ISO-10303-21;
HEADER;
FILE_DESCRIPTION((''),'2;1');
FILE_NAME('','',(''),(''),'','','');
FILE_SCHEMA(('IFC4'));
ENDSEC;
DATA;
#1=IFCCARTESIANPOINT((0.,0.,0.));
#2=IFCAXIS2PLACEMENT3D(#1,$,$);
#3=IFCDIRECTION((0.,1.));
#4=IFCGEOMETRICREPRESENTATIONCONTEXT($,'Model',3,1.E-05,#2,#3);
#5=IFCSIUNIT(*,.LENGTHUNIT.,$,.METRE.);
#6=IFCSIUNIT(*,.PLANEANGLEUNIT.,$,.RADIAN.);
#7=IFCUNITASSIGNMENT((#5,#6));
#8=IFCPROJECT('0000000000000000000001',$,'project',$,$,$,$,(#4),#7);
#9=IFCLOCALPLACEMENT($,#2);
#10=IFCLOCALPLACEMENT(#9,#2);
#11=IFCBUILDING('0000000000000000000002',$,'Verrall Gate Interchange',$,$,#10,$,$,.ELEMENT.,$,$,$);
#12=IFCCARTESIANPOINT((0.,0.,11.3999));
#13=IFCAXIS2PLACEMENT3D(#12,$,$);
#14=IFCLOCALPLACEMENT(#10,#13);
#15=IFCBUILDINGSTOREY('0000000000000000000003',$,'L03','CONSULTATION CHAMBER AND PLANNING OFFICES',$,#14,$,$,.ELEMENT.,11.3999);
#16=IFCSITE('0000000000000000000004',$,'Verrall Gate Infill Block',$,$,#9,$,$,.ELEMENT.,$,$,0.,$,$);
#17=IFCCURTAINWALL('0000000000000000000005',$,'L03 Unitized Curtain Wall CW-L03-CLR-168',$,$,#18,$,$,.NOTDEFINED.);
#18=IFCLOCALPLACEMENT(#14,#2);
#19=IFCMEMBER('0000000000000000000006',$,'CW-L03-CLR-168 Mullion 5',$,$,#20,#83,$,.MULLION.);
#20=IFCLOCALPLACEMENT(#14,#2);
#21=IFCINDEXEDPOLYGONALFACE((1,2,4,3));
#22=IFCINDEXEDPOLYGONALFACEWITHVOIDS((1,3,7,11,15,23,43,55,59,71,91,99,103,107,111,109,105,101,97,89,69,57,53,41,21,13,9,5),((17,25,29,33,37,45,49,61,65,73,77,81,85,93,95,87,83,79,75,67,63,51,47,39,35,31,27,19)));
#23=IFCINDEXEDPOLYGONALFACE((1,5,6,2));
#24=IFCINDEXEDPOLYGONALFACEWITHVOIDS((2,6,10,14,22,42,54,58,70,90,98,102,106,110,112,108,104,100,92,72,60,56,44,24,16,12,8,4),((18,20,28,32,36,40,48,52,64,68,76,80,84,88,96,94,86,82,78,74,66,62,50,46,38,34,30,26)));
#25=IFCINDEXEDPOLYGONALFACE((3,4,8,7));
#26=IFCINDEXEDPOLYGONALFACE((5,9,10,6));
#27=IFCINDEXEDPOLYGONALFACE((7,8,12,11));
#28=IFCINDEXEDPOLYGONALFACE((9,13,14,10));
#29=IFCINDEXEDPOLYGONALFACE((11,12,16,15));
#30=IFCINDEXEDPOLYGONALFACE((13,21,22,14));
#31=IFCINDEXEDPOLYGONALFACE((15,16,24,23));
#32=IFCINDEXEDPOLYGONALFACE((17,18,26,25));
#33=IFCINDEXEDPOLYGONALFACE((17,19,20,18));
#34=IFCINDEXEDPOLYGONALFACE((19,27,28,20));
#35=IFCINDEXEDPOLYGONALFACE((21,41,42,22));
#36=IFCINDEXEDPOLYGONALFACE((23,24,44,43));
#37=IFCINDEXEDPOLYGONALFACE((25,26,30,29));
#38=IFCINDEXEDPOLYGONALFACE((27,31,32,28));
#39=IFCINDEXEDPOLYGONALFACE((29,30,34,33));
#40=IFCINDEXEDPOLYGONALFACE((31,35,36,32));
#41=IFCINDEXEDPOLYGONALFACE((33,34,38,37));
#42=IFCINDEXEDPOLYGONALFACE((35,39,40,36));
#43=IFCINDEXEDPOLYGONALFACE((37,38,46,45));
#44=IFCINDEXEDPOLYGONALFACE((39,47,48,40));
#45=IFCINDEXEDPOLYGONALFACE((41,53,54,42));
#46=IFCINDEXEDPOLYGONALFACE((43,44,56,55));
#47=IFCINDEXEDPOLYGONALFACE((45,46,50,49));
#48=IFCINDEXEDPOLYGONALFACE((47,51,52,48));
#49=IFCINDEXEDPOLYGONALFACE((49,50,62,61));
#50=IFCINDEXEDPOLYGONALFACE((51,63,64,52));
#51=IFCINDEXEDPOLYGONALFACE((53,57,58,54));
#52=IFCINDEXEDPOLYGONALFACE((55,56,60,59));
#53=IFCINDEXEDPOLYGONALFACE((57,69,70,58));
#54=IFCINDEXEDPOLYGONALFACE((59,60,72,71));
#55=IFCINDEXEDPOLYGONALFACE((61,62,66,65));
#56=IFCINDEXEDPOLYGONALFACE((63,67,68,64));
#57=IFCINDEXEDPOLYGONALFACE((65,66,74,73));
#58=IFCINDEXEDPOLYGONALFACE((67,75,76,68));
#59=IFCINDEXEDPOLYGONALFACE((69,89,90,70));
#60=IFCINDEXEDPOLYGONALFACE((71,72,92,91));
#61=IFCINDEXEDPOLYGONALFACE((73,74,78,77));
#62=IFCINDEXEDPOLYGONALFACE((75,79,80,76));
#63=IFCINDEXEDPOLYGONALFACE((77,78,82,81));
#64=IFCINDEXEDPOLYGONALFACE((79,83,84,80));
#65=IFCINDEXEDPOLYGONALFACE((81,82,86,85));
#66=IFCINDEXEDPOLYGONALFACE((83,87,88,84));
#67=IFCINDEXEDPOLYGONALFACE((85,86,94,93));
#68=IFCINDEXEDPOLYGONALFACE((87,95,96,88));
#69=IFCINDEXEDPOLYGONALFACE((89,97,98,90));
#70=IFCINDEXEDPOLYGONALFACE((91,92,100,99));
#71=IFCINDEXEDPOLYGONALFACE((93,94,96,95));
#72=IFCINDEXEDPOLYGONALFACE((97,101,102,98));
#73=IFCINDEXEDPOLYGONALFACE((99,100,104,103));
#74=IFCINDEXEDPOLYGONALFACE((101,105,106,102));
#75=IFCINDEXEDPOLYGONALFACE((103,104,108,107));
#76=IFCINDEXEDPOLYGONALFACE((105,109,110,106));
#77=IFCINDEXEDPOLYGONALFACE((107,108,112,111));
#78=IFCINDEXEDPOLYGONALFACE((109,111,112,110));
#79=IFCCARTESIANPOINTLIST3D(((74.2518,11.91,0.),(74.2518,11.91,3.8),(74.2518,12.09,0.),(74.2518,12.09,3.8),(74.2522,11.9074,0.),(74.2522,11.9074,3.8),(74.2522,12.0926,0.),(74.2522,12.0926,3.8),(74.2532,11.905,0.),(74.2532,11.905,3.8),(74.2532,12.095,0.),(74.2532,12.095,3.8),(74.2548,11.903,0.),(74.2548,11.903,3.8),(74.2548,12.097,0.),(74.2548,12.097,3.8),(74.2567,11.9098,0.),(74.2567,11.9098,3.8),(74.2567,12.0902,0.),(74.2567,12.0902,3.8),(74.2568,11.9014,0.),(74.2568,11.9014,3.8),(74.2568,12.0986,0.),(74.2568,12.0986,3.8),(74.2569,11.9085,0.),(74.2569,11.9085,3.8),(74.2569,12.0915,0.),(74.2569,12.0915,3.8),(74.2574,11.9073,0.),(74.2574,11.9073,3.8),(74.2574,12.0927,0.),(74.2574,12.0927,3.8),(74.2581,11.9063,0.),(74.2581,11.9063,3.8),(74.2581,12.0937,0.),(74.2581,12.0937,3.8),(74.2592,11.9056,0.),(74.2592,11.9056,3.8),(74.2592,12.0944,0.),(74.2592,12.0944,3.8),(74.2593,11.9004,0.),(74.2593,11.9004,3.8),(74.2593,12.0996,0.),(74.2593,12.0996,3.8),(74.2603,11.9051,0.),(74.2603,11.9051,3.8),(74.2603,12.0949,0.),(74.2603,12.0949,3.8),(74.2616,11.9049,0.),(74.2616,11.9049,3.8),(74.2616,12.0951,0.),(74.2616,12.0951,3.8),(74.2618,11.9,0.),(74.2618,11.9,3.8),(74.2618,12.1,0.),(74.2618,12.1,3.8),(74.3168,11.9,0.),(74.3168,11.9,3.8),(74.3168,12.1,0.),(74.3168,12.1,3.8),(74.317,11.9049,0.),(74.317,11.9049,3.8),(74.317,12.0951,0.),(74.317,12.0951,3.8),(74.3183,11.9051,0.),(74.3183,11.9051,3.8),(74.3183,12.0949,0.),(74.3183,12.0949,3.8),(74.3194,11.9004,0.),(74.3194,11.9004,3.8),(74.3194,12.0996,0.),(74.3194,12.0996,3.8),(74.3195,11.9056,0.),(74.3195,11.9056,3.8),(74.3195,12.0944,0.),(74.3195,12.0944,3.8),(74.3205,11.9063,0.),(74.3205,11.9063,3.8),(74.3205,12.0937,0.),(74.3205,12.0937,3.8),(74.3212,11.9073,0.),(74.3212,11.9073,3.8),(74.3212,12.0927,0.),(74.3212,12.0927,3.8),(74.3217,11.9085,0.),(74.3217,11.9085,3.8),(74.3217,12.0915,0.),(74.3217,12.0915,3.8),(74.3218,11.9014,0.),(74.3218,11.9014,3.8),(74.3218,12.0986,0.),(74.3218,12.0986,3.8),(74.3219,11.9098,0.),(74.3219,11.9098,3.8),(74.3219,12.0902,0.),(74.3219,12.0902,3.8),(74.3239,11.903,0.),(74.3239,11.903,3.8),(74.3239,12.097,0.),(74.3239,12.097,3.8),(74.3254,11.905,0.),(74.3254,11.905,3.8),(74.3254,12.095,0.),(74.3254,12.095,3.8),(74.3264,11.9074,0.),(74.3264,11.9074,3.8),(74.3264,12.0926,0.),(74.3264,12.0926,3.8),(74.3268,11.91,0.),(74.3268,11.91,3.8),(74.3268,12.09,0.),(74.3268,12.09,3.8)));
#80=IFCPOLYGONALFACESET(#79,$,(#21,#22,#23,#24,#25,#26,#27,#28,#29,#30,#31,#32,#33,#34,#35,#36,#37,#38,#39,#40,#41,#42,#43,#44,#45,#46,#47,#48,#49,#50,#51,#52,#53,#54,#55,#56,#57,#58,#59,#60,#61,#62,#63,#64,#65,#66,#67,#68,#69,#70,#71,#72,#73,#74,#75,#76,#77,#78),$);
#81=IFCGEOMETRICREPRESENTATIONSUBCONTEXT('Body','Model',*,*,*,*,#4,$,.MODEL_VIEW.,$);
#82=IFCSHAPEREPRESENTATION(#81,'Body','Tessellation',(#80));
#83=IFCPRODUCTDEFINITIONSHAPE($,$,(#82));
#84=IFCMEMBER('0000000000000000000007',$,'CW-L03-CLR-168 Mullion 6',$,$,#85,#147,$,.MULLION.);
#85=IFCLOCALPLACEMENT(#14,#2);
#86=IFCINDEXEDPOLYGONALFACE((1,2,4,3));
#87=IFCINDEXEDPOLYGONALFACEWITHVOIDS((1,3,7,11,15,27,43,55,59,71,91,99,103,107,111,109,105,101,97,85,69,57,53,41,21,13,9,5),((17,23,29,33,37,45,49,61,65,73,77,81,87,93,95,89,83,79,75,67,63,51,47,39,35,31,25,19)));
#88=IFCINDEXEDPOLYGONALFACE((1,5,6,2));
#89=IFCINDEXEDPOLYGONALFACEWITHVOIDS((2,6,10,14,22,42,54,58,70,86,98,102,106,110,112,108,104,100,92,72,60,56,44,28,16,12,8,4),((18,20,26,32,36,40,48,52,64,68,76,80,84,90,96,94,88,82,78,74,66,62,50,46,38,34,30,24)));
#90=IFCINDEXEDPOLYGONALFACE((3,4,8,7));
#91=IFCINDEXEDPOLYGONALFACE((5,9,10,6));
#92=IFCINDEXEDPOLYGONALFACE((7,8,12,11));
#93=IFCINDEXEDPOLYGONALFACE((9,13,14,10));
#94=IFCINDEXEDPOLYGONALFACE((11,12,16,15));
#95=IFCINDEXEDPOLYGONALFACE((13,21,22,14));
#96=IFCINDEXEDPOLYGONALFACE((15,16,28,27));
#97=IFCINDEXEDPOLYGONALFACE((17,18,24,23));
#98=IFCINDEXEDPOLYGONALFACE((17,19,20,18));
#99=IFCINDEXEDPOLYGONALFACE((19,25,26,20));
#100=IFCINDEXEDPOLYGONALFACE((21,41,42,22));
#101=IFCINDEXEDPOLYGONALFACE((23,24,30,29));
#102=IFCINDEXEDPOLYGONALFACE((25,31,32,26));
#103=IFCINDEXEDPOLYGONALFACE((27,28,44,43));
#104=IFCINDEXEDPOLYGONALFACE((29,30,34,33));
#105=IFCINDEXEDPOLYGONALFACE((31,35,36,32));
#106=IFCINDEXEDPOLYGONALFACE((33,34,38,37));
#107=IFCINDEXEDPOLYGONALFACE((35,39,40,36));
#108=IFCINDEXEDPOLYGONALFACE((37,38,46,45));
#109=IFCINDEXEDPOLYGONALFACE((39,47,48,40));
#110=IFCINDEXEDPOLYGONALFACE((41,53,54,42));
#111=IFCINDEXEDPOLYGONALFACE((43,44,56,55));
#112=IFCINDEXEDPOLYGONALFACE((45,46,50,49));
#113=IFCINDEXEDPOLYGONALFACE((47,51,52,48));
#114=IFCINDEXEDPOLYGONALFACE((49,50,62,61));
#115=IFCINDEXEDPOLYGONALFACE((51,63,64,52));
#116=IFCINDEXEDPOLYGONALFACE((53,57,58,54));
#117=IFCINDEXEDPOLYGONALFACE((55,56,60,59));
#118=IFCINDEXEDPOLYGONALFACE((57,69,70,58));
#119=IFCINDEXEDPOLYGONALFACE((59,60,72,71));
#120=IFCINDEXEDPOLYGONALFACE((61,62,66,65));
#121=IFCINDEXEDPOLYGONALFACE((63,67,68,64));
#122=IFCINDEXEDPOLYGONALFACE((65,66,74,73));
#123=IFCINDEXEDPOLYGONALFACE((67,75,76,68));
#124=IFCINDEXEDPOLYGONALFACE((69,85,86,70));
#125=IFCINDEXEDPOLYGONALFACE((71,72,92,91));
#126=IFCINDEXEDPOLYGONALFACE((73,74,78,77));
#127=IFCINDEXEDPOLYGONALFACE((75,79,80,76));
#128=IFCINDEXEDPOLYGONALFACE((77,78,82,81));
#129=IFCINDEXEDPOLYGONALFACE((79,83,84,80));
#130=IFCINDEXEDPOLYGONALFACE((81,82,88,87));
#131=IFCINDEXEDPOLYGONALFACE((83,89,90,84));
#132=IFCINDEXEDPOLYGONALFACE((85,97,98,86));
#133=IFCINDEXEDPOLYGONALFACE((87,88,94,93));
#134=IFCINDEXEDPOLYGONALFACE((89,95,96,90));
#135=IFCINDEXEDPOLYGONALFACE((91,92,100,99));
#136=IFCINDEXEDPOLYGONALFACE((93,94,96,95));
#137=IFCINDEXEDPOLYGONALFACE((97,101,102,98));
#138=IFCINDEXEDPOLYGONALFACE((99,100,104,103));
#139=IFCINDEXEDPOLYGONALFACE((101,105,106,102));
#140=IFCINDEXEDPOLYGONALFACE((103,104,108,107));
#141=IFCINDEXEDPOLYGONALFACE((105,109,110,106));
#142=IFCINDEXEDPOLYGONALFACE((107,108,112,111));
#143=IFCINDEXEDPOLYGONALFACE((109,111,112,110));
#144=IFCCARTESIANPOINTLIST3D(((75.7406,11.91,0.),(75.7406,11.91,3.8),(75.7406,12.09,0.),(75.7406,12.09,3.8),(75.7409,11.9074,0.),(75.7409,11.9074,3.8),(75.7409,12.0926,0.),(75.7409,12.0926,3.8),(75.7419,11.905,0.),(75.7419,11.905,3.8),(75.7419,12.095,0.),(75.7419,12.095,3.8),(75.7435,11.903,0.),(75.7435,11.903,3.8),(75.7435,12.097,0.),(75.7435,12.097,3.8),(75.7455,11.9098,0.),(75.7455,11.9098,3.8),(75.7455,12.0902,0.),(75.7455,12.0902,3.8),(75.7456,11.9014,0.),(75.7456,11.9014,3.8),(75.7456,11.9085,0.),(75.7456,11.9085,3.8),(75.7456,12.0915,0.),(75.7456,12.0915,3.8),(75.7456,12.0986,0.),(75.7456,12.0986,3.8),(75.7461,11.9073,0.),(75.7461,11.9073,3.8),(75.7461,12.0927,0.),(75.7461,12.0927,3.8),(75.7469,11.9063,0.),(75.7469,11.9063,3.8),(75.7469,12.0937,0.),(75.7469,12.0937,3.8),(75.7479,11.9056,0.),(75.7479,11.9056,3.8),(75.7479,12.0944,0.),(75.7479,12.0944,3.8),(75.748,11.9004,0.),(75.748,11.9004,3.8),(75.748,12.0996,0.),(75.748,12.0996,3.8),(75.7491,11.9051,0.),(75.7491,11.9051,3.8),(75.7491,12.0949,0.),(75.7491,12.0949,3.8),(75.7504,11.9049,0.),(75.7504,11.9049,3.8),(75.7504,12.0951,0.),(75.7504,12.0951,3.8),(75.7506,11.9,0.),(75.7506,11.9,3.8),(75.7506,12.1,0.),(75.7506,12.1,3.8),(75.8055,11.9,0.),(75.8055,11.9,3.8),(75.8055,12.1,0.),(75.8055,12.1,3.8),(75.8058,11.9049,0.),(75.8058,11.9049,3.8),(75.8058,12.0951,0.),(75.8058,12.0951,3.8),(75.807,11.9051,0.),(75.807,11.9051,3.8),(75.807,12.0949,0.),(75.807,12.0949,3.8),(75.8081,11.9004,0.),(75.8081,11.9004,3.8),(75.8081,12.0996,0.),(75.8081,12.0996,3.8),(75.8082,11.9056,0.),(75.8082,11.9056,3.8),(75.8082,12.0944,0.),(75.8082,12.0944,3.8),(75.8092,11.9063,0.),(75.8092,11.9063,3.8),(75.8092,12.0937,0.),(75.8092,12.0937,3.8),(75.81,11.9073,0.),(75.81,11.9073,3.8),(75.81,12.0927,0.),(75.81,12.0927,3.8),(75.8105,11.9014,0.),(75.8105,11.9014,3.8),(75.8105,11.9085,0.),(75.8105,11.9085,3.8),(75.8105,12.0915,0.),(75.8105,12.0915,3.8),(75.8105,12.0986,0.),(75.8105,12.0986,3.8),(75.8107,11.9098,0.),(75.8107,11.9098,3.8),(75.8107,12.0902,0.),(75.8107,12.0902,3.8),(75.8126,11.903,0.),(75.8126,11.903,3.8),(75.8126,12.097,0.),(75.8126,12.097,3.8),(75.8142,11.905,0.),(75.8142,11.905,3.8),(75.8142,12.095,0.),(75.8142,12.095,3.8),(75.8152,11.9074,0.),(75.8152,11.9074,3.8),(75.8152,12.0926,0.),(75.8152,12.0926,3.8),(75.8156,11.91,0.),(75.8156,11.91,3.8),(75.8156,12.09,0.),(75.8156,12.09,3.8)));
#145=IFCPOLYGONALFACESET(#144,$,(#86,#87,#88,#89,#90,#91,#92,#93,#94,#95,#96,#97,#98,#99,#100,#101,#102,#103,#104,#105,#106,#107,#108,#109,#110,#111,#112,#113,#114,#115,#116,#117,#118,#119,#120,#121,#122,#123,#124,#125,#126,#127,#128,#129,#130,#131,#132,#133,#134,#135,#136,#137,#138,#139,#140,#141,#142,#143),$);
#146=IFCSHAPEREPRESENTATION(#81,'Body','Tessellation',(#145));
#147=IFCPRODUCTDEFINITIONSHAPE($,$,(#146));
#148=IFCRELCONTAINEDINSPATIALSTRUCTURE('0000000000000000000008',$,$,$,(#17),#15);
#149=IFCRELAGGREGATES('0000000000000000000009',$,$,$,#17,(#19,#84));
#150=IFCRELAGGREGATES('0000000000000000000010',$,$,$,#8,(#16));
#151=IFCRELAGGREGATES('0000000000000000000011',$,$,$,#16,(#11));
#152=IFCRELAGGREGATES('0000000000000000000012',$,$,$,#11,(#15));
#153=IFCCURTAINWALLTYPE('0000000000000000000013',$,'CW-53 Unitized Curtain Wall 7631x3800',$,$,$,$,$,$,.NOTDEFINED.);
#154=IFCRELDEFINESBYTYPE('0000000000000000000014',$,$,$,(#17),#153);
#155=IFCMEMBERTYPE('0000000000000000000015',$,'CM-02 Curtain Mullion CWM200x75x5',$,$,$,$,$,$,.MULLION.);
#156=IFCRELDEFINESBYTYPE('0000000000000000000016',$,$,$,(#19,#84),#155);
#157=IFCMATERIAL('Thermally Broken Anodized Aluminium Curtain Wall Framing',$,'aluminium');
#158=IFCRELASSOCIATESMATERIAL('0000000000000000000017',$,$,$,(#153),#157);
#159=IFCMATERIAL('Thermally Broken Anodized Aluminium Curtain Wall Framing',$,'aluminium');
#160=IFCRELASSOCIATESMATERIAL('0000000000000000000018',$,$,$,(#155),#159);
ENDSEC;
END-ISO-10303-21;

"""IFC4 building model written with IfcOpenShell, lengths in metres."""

from ifc_helpers import new_model, si_unit, direction, frame, origin, origin_2d, place, context, subcontext, project, spatial, hollow_rectangle, extrude, material, material_profile, profile_set, type_object, element, aggregate, save


model = new_model("IFC4")

# Units and contexts
model_context = context("Model", 3, precision=1e-05, world=origin(), true_north=direction((0.0, 1.0)))
body_context = subcontext(model_context, "Body", "Model", "MODEL_VIEW")
ifc_project = project(units=[si_unit("LENGTHUNIT", "METRE"), si_unit("PLANEANGLEUNIT", "RADIAN")], contexts=[model_context])

# Site, building, storey
site_placement = place(None, origin())
site = spatial("IfcSite", under=ifc_project, at=site_placement, Name="Verrall Gate Infill Block", CompositionType="ELEMENT", RefElevation=0.0)
building_placement = place(site_placement, origin())
building = spatial("IfcBuilding", under=site, at=building_placement, Name="Verrall Gate Interchange", CompositionType="ELEMENT")
storey_placement = place(building_placement, frame((0.0, 0.0, 11.3999)))
storey = spatial("IfcBuildingStorey", under=building, at=storey_placement, Name="L03", Description="CONSULTATION CHAMBER AND PLANNING OFFICES", CompositionType="ELEMENT", Elevation=11.3999)

# Curtain wall, members
ifc_material_1 = material(Name="Thermally Broken Anodized Aluminium Curtain Wall Framing", Category="aluminium")
curtain_wall_type = type_object("IfcCurtainWallType", Name="CW-53 Unitized Curtain Wall 7631x3800", PredefinedType="NOTDEFINED", material=ifc_material_1)
curtain_wall_placement = place(storey_placement, origin())
curtain_wall = element("IfcCurtainWall", 1, at=curtain_wall_placement, inside=storey, type_object=curtain_wall_type, Name="L03 Unitized Curtain Wall CW-L03-CLR-168", PredefinedType="NOTDEFINED")
ifc_material_2 = material(Name="Thermally Broken Anodized Aluminium Curtain Wall Framing", Category="aluminium")
ifc_material_profile_1 = material_profile(ifc_material_2, hollow_rectangle(XDim=0.075, YDim=0.2, WallThickness=0.0049, InnerFilletRadius=0.0049, OuterFilletRadius=0.01, at=origin_2d()), Name="CWM200x75x5")
ifc_profile_set_1 = profile_set([ifc_material_profile_1], Name="Thermally Broken Anodized Aluminium Curtain Wall Framing")
member_type_1 = type_object("IfcMemberType", Name="CM-02 Curtain Mullion CWM200x75x5", PredefinedType="MULLION", material=ifc_profile_set_1)
member_1_placement = place(storey_placement, frame((74.2893, 12.0, 0.0), z_axis=(0.0, 0.0, 1.0), x_axis=(1.0, 0.0, 0.0)))
member_1 = element("IfcMember", 2, at=member_1_placement, type_object=member_type_1, Name="CW-L03-CLR-168 Mullion 5", PredefinedType="MULLION", context=body_context, shape_type="SweptSolid", body=[
    extrude(hollow_rectangle(XDim=0.075, YDim=0.2, WallThickness=0.0049, InnerFilletRadius=0.0049, OuterFilletRadius=0.01, at=origin_2d()), origin(), (0.0, 0.0, 1.0), 3.8),
])
member_2_placement = place(storey_placement, frame((75.7781, 12.0, 0.0), z_axis=(0.0, 0.0, 1.0), x_axis=(1.0, 0.0, 0.0)))
member_2 = element("IfcMember", 3, at=member_2_placement, type_object=member_type_1, Name="CW-L03-CLR-168 Mullion 6", PredefinedType="MULLION", context=body_context, shape_type="SweptSolid", body=[
    extrude(hollow_rectangle(XDim=0.075, YDim=0.2, WallThickness=0.0049, InnerFilletRadius=0.0049, OuterFilletRadius=0.01, at=origin_2d()), origin(), (0.0, 0.0, 1.0), 3.8),
])

aggregate(curtain_wall, [member_1, member_2])

save(model, "model.ifc")
